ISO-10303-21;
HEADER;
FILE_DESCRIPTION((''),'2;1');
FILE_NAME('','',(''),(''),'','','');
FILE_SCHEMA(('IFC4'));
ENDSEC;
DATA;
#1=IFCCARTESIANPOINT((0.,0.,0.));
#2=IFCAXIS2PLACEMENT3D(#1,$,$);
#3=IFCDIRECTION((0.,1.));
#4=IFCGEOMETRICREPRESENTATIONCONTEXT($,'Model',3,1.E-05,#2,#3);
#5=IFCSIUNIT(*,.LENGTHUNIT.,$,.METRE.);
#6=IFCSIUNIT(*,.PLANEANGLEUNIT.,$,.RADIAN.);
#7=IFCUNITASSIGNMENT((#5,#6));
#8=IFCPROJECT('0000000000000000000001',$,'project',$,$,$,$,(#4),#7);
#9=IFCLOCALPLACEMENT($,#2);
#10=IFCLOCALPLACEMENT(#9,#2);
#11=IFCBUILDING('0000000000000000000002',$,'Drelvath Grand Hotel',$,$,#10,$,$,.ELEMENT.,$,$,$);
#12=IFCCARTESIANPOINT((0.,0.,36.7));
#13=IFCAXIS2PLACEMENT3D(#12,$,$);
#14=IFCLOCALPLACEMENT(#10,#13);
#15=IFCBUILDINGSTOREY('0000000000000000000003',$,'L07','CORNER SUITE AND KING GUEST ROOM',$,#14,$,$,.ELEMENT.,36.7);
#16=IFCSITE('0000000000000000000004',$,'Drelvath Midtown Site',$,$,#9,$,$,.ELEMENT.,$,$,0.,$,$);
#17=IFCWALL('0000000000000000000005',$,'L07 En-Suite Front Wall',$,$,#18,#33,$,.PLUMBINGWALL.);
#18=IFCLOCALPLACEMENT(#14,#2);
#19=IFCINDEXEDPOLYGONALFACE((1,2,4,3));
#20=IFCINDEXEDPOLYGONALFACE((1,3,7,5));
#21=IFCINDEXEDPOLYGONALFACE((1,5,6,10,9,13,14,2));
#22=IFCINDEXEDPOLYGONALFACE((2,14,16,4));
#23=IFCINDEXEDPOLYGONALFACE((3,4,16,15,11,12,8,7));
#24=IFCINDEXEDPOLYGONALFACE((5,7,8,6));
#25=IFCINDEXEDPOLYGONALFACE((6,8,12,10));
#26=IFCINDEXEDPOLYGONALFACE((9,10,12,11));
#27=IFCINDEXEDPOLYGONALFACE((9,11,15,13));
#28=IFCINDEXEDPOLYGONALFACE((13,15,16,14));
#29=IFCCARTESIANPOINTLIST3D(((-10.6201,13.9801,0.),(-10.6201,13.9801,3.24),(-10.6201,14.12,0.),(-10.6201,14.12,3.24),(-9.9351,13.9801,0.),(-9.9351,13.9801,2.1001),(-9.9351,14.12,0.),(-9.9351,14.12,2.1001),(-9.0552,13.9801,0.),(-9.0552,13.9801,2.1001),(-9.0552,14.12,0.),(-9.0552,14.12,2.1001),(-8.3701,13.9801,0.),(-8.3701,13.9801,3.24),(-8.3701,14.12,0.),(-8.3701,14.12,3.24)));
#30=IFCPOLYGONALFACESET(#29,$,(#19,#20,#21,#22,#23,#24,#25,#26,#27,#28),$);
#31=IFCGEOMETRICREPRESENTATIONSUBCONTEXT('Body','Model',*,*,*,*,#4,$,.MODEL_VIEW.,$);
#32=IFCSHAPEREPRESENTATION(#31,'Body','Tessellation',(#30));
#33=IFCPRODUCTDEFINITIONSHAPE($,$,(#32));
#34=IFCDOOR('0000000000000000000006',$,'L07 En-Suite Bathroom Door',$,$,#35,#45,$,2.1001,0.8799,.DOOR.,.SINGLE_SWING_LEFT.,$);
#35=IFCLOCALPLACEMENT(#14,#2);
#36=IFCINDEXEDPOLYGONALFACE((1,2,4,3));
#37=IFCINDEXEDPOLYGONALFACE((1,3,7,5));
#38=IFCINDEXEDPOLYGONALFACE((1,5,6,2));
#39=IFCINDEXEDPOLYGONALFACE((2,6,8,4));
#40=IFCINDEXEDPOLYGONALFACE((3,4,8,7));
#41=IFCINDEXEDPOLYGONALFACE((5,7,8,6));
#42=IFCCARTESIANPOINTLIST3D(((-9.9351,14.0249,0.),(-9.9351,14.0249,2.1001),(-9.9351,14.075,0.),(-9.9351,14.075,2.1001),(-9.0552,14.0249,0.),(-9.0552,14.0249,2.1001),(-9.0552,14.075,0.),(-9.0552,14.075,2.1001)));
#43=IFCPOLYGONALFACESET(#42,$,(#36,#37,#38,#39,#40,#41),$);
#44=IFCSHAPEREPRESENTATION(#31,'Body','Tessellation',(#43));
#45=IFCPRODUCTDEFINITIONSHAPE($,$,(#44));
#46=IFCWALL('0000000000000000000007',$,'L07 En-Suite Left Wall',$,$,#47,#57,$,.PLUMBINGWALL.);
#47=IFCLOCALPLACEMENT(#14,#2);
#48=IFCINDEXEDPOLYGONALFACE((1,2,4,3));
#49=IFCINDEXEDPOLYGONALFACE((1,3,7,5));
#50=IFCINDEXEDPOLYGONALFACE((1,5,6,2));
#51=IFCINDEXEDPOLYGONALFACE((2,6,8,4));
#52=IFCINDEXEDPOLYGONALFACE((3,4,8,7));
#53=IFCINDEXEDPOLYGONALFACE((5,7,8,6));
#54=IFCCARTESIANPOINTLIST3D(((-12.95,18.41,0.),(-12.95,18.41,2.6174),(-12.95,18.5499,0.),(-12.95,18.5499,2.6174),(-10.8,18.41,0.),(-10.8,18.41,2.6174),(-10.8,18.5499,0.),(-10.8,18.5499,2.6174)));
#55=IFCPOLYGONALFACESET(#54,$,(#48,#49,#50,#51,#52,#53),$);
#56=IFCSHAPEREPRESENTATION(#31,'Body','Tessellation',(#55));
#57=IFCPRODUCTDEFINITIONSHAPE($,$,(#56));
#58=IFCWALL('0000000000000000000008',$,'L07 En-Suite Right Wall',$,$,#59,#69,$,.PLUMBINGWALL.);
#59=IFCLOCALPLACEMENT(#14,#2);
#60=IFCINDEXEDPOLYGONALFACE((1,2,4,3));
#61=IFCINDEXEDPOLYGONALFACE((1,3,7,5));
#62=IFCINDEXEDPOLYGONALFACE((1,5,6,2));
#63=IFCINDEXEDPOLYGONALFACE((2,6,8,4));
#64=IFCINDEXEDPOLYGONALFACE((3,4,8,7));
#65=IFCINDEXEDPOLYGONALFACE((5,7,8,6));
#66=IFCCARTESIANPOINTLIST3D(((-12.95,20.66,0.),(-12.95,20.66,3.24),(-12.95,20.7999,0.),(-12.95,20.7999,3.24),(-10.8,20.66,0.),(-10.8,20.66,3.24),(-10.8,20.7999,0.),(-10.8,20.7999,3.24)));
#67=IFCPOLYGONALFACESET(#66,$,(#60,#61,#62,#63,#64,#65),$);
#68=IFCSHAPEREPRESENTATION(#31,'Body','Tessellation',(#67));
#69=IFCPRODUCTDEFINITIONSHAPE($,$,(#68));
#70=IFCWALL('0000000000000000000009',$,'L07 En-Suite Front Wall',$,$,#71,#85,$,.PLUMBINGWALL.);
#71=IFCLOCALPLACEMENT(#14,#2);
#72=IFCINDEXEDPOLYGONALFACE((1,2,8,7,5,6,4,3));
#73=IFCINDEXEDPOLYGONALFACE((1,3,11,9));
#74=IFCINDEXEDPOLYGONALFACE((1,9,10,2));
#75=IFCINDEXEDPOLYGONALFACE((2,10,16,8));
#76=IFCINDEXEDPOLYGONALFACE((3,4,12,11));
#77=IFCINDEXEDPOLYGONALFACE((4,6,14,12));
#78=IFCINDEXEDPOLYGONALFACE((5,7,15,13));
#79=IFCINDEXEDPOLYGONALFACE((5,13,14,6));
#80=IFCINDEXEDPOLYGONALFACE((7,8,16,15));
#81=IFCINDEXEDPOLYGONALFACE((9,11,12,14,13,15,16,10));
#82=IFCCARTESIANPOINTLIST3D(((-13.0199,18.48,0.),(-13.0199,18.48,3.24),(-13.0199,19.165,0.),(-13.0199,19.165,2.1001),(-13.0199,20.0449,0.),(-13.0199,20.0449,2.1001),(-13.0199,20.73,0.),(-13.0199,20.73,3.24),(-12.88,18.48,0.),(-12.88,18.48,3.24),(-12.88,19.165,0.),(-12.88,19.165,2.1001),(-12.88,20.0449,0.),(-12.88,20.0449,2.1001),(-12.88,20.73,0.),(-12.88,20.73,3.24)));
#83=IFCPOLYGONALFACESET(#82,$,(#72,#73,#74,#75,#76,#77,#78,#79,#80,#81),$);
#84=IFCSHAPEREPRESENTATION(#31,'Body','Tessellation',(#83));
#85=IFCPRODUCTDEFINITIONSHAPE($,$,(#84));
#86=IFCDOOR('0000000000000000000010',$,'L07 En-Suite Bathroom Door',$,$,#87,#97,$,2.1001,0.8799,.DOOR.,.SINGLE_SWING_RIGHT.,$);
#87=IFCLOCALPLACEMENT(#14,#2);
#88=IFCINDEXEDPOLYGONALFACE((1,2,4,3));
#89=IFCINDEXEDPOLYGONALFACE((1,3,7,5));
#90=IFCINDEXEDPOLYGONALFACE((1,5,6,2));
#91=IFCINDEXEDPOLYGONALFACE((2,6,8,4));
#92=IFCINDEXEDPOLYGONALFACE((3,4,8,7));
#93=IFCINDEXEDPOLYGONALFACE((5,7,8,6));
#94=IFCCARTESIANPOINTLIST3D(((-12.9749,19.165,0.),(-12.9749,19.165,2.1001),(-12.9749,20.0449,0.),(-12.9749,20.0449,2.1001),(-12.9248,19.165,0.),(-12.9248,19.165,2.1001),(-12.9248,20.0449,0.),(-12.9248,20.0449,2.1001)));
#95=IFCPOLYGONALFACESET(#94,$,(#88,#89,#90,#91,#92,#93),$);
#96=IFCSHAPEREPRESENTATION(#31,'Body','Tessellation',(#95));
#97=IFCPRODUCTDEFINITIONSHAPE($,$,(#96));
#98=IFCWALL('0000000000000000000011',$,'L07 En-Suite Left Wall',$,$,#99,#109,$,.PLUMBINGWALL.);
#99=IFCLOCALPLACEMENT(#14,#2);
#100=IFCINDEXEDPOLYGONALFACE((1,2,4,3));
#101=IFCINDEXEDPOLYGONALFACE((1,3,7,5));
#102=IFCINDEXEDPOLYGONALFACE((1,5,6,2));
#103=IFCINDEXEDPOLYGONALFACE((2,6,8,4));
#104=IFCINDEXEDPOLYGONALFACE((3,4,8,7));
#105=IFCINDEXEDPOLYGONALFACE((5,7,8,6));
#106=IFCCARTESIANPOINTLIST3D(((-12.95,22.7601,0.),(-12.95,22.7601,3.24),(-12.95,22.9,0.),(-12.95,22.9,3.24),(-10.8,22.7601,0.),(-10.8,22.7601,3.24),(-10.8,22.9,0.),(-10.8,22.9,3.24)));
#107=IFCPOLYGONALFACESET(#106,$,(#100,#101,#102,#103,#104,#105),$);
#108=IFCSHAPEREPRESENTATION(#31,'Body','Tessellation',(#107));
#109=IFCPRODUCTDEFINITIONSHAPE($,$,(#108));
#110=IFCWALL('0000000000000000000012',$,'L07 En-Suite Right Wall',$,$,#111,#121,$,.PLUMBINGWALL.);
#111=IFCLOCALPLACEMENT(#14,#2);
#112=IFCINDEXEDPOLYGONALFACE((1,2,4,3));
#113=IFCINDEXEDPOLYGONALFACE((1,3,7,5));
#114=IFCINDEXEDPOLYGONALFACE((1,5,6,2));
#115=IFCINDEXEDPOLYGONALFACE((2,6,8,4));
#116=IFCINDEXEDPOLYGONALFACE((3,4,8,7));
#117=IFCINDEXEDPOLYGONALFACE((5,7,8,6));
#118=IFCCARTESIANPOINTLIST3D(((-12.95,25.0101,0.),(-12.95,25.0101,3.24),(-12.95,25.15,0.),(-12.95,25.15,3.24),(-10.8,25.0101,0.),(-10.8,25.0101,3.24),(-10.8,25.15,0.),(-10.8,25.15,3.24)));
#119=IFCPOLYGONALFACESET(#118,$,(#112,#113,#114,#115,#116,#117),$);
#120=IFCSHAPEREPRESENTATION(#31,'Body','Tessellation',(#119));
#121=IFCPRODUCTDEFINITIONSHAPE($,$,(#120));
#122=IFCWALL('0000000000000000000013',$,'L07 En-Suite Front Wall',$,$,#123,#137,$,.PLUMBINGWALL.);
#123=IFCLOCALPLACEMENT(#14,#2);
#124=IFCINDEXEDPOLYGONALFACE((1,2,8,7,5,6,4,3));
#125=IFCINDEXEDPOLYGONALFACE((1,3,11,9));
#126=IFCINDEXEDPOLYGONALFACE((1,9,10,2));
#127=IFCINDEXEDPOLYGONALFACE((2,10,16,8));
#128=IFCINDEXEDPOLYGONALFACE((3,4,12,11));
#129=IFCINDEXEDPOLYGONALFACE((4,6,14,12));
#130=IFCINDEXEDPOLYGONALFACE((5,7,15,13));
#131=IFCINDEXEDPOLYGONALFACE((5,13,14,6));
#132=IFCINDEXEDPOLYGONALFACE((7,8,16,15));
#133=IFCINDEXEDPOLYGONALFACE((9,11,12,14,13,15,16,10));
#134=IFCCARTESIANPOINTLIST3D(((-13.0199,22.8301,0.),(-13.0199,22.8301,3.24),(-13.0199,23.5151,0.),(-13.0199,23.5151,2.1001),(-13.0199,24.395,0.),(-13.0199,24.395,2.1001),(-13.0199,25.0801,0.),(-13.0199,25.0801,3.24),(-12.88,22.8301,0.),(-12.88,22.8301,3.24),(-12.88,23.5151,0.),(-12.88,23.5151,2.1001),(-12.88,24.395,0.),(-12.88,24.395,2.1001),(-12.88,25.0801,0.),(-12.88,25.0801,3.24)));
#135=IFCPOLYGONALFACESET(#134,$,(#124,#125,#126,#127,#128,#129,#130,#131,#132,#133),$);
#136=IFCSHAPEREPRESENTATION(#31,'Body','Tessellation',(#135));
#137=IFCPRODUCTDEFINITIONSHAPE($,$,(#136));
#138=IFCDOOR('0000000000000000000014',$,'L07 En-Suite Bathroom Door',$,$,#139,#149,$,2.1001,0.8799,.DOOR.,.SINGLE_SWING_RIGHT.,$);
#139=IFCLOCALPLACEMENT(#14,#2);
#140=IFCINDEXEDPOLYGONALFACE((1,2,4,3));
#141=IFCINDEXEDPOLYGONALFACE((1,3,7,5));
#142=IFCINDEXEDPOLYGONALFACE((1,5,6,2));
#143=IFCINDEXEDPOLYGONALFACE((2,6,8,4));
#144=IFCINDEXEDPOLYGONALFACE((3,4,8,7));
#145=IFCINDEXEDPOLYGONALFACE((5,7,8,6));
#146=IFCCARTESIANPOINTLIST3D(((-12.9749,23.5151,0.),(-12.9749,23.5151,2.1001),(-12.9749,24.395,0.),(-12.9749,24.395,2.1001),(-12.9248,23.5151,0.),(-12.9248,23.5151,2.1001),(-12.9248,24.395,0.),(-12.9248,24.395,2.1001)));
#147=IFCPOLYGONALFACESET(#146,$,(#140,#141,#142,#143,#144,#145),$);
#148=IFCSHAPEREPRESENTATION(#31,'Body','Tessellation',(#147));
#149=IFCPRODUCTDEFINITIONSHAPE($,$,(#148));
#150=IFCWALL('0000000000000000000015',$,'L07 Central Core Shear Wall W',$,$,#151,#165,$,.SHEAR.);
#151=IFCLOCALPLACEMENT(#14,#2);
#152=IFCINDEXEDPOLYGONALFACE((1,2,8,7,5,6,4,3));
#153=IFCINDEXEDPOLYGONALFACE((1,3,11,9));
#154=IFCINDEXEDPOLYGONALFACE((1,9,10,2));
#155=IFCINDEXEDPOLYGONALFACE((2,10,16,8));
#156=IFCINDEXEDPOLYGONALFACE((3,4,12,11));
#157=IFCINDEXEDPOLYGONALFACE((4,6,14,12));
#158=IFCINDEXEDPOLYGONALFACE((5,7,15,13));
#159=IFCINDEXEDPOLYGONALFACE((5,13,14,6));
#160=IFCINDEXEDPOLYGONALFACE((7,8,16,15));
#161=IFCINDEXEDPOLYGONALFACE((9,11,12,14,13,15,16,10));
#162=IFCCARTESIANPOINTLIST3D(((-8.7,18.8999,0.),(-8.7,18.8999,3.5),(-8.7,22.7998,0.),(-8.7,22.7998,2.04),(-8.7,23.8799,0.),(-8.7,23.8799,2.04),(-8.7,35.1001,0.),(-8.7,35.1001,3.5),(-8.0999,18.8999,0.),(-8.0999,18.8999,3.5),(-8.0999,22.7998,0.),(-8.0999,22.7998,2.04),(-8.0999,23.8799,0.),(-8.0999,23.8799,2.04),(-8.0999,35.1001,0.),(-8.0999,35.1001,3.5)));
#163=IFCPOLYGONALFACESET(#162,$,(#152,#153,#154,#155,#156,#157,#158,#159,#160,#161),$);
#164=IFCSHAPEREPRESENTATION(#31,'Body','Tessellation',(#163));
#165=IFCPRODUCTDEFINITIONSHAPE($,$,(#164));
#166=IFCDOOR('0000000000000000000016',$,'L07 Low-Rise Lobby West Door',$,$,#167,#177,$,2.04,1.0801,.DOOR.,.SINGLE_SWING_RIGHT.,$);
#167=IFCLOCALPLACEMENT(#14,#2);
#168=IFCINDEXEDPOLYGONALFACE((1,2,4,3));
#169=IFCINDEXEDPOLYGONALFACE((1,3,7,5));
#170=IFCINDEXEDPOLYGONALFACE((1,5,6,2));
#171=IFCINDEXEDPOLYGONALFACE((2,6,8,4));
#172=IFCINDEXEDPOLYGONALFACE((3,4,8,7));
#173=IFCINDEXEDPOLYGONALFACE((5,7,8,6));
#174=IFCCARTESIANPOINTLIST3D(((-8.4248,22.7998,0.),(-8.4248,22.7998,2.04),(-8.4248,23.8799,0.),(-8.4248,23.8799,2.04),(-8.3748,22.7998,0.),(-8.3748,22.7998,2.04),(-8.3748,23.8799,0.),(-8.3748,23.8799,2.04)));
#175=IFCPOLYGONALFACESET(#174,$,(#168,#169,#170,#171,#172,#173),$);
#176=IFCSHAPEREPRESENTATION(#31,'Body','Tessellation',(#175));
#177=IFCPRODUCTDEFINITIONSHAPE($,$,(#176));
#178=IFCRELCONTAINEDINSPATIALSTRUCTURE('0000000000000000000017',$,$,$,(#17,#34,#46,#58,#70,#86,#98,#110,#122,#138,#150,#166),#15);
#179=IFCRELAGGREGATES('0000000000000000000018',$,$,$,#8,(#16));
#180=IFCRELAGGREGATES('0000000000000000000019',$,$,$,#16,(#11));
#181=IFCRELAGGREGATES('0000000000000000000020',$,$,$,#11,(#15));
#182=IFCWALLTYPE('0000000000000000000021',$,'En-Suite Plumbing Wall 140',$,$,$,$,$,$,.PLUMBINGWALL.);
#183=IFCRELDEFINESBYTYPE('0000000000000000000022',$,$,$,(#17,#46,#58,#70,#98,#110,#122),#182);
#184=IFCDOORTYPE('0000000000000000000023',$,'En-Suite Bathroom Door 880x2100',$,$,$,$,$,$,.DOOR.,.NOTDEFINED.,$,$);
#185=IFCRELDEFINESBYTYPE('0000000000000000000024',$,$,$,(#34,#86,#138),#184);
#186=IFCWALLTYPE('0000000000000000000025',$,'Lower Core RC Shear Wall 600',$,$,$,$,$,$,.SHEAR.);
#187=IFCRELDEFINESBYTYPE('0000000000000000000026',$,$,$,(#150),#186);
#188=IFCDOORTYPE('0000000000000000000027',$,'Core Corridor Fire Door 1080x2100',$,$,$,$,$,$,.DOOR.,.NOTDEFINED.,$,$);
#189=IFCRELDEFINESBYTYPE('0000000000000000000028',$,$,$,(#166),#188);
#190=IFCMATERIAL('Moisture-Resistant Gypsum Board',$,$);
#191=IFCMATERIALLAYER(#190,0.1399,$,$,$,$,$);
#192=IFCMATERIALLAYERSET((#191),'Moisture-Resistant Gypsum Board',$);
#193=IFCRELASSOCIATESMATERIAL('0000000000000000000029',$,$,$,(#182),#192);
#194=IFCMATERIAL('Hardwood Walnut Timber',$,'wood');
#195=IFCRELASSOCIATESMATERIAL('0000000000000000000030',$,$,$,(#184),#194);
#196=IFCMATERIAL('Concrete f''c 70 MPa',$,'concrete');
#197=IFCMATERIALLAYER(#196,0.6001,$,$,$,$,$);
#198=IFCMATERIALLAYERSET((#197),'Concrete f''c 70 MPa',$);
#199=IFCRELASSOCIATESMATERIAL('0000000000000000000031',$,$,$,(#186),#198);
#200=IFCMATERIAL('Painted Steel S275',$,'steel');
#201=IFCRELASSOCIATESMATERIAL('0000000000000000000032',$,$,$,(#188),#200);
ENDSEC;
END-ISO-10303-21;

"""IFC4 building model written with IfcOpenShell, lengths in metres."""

from ifc_helpers import new_model, si_unit, direction, frame, frame_2d, origin, place, context, subcontext, project, spatial, rectangle, extrude, material, layer, layer_set, type_object, element, fill, save


model = new_model("IFC4")

# Units and contexts
model_context = context("Model", 3, precision=1e-05, world=origin(), true_north=direction((0.0, 1.0)))
body_context = subcontext(model_context, "Body", "Model", "MODEL_VIEW")
ifc_project = project(units=[si_unit("LENGTHUNIT", "METRE"), si_unit("PLANEANGLEUNIT", "RADIAN")], contexts=[model_context])

# Site, building, storey
site_placement = place(None, origin())
site = spatial("IfcSite", under=ifc_project, at=site_placement, Name="Drelvath Midtown Site", CompositionType="ELEMENT", RefElevation=0.0)
building_placement = place(site_placement, origin())
building = spatial("IfcBuilding", under=site, at=building_placement, Name="Drelvath Grand Hotel", CompositionType="ELEMENT")
storey_placement = place(building_placement, frame((0.0, 0.0, 36.7)))
storey = spatial("IfcBuildingStorey", under=building, at=storey_placement, Name="L07", Description="CORNER SUITE AND KING GUEST ROOM", CompositionType="ELEMENT", Elevation=36.7)

# Shared definitions
ifc_material_1 = material(Name="Concrete f'c 70 MPa", Category="concrete")

# Shared definitions
ifc_material_2 = material(Name="Painted Steel S275", Category="steel")

# Shared definitions
ifc_material_3 = material(Name="Hardwood Walnut Timber", Category="wood")

# Shared definitions
ifc_material_4 = material(Name="Moisture-Resistant Gypsum Board")
ifc_layer_1 = layer(ifc_material_4, 0.1399)
ifc_layer_set_1 = layer_set([ifc_layer_1], Name="Moisture-Resistant Gypsum Board")
wall_type_1 = type_object("IfcWallType", Name="En-Suite Plumbing Wall 140", PredefinedType="PLUMBINGWALL", material=ifc_layer_set_1)

# Wall, opening, door
wall_1_placement = place(storey_placement, frame((-10.6201, 14.05, 0.0), z_axis=(0.0, 0.0, 1.0), x_axis=(1.0, 0.0, 0.0)))
wall_1 = element("IfcWall", 1, at=wall_1_placement, inside=storey, type_object=wall_type_1, Name="L07 En-Suite Front Wall", PredefinedType="PLUMBINGWALL", context=body_context, shape_type="SweptSolid", body=[
    extrude(rectangle(XDim=2.25, YDim=0.1399, at=frame_2d((1.125, 0.0))), origin(), (0.0, 0.0, 1.0), 3.24),
])
opening_1_placement = place(wall_1_placement, frame((0.6851, 0.0, 0.0)))
opening_1 = element("IfcOpeningElement", 2, at=opening_1_placement, cuts=wall_1, PredefinedType="OPENING", context=body_context, shape_type="SweptSolid", body=[
    extrude(rectangle(XDim=0.8799, YDim=2.1001, at=frame_2d((0.4399, 1.05))), frame((0.0, 0.0798, 0.0), z_axis=(0.0, -1.0, 0.0), x_axis=(1.0, 0.0, 0.0)), (0.0, 0.0, 1.0), 0.1599),
])
door_type_1 = type_object("IfcDoorType", Name="En-Suite Bathroom Door 880x2100", OperationType="NOTDEFINED", PredefinedType="DOOR", material=ifc_material_3)
door_1_placement = place(opening_1_placement, origin())
door_1 = element("IfcDoor", 3, at=door_1_placement, inside=storey, type_object=door_type_1, Name="L07 En-Suite Bathroom Door", OperationType="SINGLE_SWING_LEFT", OverallHeight=2.1001, OverallWidth=0.8799, PredefinedType="DOOR", context=body_context, shape_type="SweptSolid", body=[
    extrude(rectangle(XDim=0.8799, YDim=2.1001, at=frame_2d((0.4399, 1.05))), frame((0.0, 0.0249, 0.0), z_axis=(0.0, -1.0, 0.0), x_axis=(1.0, 0.0, 0.0)), (0.0, 0.0, 1.0), 0.05),
])
fill(opening_1, door_1)

# Walls
wall_2_placement = place(storey_placement, frame((-10.8, 18.48, 0.0), z_axis=(0.0, 0.0, 1.0), x_axis=(-1.0, 0.0, 0.0)))
element("IfcWall", 4, at=wall_2_placement, inside=storey, type_object=wall_type_1, Name="L07 En-Suite Left Wall", PredefinedType="PLUMBINGWALL", context=body_context, shape_type="SweptSolid", body=[
    extrude(rectangle(XDim=2.1499, YDim=0.1399, at=frame_2d((1.075, 0.0))), origin(), (0.0, 0.0, 1.0), 2.6174),
])
wall_3_placement = place(storey_placement, frame((-10.8, 20.73, 0.0), z_axis=(0.0, 0.0, 1.0), x_axis=(-1.0, 0.0, 0.0)))
element("IfcWall", 5, at=wall_3_placement, inside=storey, type_object=wall_type_1, Name="L07 En-Suite Right Wall", PredefinedType="PLUMBINGWALL", context=body_context, shape_type="SweptSolid", body=[
    extrude(rectangle(XDim=2.1499, YDim=0.1399, at=frame_2d((1.075, 0.0))), origin(), (0.0, 0.0, 1.0), 3.24),
])

# Wall, opening, door
wall_4_placement = place(storey_placement, frame((-12.95, 18.48, 0.0), z_axis=(0.0, 0.0, 1.0), x_axis=(0.0, 1.0, 0.0)))
wall_4 = element("IfcWall", 6, at=wall_4_placement, inside=storey, type_object=wall_type_1, Name="L07 En-Suite Front Wall", PredefinedType="PLUMBINGWALL", context=body_context, shape_type="SweptSolid", body=[
    extrude(rectangle(XDim=2.25, YDim=0.1399, at=frame_2d((1.125, 0.0))), origin(), (0.0, 0.0, 1.0), 3.24),
])
opening_2_placement = place(wall_4_placement, frame((0.6851, 0.0, 0.0)))
opening_2 = element("IfcOpeningElement", 7, at=opening_2_placement, cuts=wall_4, PredefinedType="OPENING", context=body_context, shape_type="SweptSolid", body=[
    extrude(rectangle(XDim=0.8799, YDim=2.1001, at=frame_2d((0.4399, 1.05))), frame((0.0, 0.0798, 0.0), z_axis=(0.0, -1.0, 0.0), x_axis=(1.0, 0.0, 0.0)), (0.0, 0.0, 1.0), 0.1599),
])
door_2_placement = place(opening_2_placement, origin())
door_2 = element("IfcDoor", 8, at=door_2_placement, inside=storey, type_object=door_type_1, Name="L07 En-Suite Bathroom Door", OperationType="SINGLE_SWING_RIGHT", OverallHeight=2.1001, OverallWidth=0.8799, PredefinedType="DOOR", context=body_context, shape_type="SweptSolid", body=[
    extrude(rectangle(XDim=0.8799, YDim=2.1001, at=frame_2d((0.4399, 1.05))), frame((0.0, 0.0249, 0.0), z_axis=(0.0, -1.0, 0.0), x_axis=(1.0, 0.0, 0.0)), (0.0, 0.0, 1.0), 0.05),
])
fill(opening_2, door_2)

# Walls
for number, where, z_axis, x_axis, name in (
    (9, (-10.8, 22.8301, 0.0), (0.0, 0.0, 1.0), (-1.0, 0.0, 0.0), "L07 En-Suite Left Wall"),
    (10, (-10.8, 25.0801, 0.0), (0.0, 0.0, 1.0), (-1.0, 0.0, 0.0), "L07 En-Suite Right Wall"),
):
    element("IfcWall", number, at=place(storey_placement, frame(where, z_axis=z_axis, x_axis=x_axis)), inside=storey, type_object=wall_type_1, Name=name, PredefinedType="PLUMBINGWALL", context=body_context, shape_type="SweptSolid", body=[
        extrude(rectangle(XDim=2.1499, YDim=0.1399, at=frame_2d((1.075, 0.0))), origin(), (0.0, 0.0, 1.0), 3.24),
    ])

# Walls, openings, doors
wall_5_placement = place(storey_placement, frame((-12.95, 22.8301, 0.0), z_axis=(0.0, 0.0, 1.0), x_axis=(0.0, 1.0, 0.0)))
wall_5 = element("IfcWall", 11, at=wall_5_placement, inside=storey, type_object=wall_type_1, Name="L07 En-Suite Front Wall", PredefinedType="PLUMBINGWALL", context=body_context, shape_type="SweptSolid", body=[
    extrude(rectangle(XDim=2.25, YDim=0.1399, at=frame_2d((1.125, 0.0))), origin(), (0.0, 0.0, 1.0), 3.24),
])
opening_3_placement = place(wall_5_placement, frame((0.6851, 0.0, 0.0)))
opening_3 = element("IfcOpeningElement", 12, at=opening_3_placement, cuts=wall_5, PredefinedType="OPENING", context=body_context, shape_type="SweptSolid", body=[
    extrude(rectangle(XDim=0.8799, YDim=2.1001, at=frame_2d((0.4399, 1.05))), frame((0.0, 0.0798, 0.0), z_axis=(0.0, -1.0, 0.0), x_axis=(1.0, 0.0, 0.0)), (0.0, 0.0, 1.0), 0.1599),
])
door_3_placement = place(opening_3_placement, origin())
door_3 = element("IfcDoor", 13, at=door_3_placement, inside=storey, type_object=door_type_1, Name="L07 En-Suite Bathroom Door", OperationType="SINGLE_SWING_RIGHT", OverallHeight=2.1001, OverallWidth=0.8799, PredefinedType="DOOR", context=body_context, shape_type="SweptSolid", body=[
    extrude(rectangle(XDim=0.8799, YDim=2.1001, at=frame_2d((0.4399, 1.05))), frame((0.0, 0.0249, 0.0), z_axis=(0.0, -1.0, 0.0), x_axis=(1.0, 0.0, 0.0)), (0.0, 0.0, 1.0), 0.05),
])
fill(opening_3, door_3)
ifc_layer_2 = layer(ifc_material_1, 0.6001)
ifc_layer_set_2 = layer_set([ifc_layer_2], Name="Concrete f'c 70 MPa")
wall_type_2 = type_object("IfcWallType", Name="Lower Core RC Shear Wall 600", PredefinedType="SHEAR", material=ifc_layer_set_2)
wall_6_placement = place(storey_placement, frame((-8.3999, 18.8999, 0.0), z_axis=(0.0, 0.0, 1.0), x_axis=(0.0, 1.0, 0.0)))
wall_6 = element("IfcWall", 14, at=wall_6_placement, inside=storey, type_object=wall_type_2, Name="L07 Central Core Shear Wall W", PredefinedType="SHEAR", context=body_context, shape_type="SweptSolid", body=[
    extrude(rectangle(XDim=16.2002, YDim=0.6001, at=frame_2d((8.1001, 0.0))), origin(), (0.0, 0.0, 1.0), 3.5),
])
opening_4_placement = place(wall_6_placement, frame((3.8999, 0.0, 0.0)))
opening_4 = element("IfcOpeningElement", 15, at=opening_4_placement, cuts=wall_6, PredefinedType="OPENING", context=body_context, shape_type="SweptSolid", body=[
    extrude(rectangle(XDim=1.0801, YDim=2.04, at=frame_2d((0.54, 1.02))), frame((0.0, 0.3101, 0.0), z_axis=(0.0, -1.0, 0.0), x_axis=(1.0, 0.0, 0.0)), (0.0, 0.0, 1.0), 0.6201),
])
door_type_2 = type_object("IfcDoorType", Name="Core Corridor Fire Door 1080x2100", OperationType="NOTDEFINED", PredefinedType="DOOR", material=ifc_material_2)
door_4_placement = place(opening_4_placement, origin())
door_4 = element("IfcDoor", 16, at=door_4_placement, inside=storey, type_object=door_type_2, Name="L07 Low-Rise Lobby West Door", OperationType="SINGLE_SWING_RIGHT", OverallHeight=2.04, OverallWidth=1.0801, PredefinedType="DOOR", context=body_context, shape_type="SweptSolid", body=[
    extrude(rectangle(XDim=1.0801, YDim=2.04, at=frame_2d((0.54, 1.02))), frame((0.0, 0.0249, 0.0), z_axis=(0.0, -1.0, 0.0), x_axis=(1.0, 0.0, 0.0)), (0.0, 0.0, 1.0), 0.05),
])
fill(opening_4, door_4)

save(model, "model.ifc")
